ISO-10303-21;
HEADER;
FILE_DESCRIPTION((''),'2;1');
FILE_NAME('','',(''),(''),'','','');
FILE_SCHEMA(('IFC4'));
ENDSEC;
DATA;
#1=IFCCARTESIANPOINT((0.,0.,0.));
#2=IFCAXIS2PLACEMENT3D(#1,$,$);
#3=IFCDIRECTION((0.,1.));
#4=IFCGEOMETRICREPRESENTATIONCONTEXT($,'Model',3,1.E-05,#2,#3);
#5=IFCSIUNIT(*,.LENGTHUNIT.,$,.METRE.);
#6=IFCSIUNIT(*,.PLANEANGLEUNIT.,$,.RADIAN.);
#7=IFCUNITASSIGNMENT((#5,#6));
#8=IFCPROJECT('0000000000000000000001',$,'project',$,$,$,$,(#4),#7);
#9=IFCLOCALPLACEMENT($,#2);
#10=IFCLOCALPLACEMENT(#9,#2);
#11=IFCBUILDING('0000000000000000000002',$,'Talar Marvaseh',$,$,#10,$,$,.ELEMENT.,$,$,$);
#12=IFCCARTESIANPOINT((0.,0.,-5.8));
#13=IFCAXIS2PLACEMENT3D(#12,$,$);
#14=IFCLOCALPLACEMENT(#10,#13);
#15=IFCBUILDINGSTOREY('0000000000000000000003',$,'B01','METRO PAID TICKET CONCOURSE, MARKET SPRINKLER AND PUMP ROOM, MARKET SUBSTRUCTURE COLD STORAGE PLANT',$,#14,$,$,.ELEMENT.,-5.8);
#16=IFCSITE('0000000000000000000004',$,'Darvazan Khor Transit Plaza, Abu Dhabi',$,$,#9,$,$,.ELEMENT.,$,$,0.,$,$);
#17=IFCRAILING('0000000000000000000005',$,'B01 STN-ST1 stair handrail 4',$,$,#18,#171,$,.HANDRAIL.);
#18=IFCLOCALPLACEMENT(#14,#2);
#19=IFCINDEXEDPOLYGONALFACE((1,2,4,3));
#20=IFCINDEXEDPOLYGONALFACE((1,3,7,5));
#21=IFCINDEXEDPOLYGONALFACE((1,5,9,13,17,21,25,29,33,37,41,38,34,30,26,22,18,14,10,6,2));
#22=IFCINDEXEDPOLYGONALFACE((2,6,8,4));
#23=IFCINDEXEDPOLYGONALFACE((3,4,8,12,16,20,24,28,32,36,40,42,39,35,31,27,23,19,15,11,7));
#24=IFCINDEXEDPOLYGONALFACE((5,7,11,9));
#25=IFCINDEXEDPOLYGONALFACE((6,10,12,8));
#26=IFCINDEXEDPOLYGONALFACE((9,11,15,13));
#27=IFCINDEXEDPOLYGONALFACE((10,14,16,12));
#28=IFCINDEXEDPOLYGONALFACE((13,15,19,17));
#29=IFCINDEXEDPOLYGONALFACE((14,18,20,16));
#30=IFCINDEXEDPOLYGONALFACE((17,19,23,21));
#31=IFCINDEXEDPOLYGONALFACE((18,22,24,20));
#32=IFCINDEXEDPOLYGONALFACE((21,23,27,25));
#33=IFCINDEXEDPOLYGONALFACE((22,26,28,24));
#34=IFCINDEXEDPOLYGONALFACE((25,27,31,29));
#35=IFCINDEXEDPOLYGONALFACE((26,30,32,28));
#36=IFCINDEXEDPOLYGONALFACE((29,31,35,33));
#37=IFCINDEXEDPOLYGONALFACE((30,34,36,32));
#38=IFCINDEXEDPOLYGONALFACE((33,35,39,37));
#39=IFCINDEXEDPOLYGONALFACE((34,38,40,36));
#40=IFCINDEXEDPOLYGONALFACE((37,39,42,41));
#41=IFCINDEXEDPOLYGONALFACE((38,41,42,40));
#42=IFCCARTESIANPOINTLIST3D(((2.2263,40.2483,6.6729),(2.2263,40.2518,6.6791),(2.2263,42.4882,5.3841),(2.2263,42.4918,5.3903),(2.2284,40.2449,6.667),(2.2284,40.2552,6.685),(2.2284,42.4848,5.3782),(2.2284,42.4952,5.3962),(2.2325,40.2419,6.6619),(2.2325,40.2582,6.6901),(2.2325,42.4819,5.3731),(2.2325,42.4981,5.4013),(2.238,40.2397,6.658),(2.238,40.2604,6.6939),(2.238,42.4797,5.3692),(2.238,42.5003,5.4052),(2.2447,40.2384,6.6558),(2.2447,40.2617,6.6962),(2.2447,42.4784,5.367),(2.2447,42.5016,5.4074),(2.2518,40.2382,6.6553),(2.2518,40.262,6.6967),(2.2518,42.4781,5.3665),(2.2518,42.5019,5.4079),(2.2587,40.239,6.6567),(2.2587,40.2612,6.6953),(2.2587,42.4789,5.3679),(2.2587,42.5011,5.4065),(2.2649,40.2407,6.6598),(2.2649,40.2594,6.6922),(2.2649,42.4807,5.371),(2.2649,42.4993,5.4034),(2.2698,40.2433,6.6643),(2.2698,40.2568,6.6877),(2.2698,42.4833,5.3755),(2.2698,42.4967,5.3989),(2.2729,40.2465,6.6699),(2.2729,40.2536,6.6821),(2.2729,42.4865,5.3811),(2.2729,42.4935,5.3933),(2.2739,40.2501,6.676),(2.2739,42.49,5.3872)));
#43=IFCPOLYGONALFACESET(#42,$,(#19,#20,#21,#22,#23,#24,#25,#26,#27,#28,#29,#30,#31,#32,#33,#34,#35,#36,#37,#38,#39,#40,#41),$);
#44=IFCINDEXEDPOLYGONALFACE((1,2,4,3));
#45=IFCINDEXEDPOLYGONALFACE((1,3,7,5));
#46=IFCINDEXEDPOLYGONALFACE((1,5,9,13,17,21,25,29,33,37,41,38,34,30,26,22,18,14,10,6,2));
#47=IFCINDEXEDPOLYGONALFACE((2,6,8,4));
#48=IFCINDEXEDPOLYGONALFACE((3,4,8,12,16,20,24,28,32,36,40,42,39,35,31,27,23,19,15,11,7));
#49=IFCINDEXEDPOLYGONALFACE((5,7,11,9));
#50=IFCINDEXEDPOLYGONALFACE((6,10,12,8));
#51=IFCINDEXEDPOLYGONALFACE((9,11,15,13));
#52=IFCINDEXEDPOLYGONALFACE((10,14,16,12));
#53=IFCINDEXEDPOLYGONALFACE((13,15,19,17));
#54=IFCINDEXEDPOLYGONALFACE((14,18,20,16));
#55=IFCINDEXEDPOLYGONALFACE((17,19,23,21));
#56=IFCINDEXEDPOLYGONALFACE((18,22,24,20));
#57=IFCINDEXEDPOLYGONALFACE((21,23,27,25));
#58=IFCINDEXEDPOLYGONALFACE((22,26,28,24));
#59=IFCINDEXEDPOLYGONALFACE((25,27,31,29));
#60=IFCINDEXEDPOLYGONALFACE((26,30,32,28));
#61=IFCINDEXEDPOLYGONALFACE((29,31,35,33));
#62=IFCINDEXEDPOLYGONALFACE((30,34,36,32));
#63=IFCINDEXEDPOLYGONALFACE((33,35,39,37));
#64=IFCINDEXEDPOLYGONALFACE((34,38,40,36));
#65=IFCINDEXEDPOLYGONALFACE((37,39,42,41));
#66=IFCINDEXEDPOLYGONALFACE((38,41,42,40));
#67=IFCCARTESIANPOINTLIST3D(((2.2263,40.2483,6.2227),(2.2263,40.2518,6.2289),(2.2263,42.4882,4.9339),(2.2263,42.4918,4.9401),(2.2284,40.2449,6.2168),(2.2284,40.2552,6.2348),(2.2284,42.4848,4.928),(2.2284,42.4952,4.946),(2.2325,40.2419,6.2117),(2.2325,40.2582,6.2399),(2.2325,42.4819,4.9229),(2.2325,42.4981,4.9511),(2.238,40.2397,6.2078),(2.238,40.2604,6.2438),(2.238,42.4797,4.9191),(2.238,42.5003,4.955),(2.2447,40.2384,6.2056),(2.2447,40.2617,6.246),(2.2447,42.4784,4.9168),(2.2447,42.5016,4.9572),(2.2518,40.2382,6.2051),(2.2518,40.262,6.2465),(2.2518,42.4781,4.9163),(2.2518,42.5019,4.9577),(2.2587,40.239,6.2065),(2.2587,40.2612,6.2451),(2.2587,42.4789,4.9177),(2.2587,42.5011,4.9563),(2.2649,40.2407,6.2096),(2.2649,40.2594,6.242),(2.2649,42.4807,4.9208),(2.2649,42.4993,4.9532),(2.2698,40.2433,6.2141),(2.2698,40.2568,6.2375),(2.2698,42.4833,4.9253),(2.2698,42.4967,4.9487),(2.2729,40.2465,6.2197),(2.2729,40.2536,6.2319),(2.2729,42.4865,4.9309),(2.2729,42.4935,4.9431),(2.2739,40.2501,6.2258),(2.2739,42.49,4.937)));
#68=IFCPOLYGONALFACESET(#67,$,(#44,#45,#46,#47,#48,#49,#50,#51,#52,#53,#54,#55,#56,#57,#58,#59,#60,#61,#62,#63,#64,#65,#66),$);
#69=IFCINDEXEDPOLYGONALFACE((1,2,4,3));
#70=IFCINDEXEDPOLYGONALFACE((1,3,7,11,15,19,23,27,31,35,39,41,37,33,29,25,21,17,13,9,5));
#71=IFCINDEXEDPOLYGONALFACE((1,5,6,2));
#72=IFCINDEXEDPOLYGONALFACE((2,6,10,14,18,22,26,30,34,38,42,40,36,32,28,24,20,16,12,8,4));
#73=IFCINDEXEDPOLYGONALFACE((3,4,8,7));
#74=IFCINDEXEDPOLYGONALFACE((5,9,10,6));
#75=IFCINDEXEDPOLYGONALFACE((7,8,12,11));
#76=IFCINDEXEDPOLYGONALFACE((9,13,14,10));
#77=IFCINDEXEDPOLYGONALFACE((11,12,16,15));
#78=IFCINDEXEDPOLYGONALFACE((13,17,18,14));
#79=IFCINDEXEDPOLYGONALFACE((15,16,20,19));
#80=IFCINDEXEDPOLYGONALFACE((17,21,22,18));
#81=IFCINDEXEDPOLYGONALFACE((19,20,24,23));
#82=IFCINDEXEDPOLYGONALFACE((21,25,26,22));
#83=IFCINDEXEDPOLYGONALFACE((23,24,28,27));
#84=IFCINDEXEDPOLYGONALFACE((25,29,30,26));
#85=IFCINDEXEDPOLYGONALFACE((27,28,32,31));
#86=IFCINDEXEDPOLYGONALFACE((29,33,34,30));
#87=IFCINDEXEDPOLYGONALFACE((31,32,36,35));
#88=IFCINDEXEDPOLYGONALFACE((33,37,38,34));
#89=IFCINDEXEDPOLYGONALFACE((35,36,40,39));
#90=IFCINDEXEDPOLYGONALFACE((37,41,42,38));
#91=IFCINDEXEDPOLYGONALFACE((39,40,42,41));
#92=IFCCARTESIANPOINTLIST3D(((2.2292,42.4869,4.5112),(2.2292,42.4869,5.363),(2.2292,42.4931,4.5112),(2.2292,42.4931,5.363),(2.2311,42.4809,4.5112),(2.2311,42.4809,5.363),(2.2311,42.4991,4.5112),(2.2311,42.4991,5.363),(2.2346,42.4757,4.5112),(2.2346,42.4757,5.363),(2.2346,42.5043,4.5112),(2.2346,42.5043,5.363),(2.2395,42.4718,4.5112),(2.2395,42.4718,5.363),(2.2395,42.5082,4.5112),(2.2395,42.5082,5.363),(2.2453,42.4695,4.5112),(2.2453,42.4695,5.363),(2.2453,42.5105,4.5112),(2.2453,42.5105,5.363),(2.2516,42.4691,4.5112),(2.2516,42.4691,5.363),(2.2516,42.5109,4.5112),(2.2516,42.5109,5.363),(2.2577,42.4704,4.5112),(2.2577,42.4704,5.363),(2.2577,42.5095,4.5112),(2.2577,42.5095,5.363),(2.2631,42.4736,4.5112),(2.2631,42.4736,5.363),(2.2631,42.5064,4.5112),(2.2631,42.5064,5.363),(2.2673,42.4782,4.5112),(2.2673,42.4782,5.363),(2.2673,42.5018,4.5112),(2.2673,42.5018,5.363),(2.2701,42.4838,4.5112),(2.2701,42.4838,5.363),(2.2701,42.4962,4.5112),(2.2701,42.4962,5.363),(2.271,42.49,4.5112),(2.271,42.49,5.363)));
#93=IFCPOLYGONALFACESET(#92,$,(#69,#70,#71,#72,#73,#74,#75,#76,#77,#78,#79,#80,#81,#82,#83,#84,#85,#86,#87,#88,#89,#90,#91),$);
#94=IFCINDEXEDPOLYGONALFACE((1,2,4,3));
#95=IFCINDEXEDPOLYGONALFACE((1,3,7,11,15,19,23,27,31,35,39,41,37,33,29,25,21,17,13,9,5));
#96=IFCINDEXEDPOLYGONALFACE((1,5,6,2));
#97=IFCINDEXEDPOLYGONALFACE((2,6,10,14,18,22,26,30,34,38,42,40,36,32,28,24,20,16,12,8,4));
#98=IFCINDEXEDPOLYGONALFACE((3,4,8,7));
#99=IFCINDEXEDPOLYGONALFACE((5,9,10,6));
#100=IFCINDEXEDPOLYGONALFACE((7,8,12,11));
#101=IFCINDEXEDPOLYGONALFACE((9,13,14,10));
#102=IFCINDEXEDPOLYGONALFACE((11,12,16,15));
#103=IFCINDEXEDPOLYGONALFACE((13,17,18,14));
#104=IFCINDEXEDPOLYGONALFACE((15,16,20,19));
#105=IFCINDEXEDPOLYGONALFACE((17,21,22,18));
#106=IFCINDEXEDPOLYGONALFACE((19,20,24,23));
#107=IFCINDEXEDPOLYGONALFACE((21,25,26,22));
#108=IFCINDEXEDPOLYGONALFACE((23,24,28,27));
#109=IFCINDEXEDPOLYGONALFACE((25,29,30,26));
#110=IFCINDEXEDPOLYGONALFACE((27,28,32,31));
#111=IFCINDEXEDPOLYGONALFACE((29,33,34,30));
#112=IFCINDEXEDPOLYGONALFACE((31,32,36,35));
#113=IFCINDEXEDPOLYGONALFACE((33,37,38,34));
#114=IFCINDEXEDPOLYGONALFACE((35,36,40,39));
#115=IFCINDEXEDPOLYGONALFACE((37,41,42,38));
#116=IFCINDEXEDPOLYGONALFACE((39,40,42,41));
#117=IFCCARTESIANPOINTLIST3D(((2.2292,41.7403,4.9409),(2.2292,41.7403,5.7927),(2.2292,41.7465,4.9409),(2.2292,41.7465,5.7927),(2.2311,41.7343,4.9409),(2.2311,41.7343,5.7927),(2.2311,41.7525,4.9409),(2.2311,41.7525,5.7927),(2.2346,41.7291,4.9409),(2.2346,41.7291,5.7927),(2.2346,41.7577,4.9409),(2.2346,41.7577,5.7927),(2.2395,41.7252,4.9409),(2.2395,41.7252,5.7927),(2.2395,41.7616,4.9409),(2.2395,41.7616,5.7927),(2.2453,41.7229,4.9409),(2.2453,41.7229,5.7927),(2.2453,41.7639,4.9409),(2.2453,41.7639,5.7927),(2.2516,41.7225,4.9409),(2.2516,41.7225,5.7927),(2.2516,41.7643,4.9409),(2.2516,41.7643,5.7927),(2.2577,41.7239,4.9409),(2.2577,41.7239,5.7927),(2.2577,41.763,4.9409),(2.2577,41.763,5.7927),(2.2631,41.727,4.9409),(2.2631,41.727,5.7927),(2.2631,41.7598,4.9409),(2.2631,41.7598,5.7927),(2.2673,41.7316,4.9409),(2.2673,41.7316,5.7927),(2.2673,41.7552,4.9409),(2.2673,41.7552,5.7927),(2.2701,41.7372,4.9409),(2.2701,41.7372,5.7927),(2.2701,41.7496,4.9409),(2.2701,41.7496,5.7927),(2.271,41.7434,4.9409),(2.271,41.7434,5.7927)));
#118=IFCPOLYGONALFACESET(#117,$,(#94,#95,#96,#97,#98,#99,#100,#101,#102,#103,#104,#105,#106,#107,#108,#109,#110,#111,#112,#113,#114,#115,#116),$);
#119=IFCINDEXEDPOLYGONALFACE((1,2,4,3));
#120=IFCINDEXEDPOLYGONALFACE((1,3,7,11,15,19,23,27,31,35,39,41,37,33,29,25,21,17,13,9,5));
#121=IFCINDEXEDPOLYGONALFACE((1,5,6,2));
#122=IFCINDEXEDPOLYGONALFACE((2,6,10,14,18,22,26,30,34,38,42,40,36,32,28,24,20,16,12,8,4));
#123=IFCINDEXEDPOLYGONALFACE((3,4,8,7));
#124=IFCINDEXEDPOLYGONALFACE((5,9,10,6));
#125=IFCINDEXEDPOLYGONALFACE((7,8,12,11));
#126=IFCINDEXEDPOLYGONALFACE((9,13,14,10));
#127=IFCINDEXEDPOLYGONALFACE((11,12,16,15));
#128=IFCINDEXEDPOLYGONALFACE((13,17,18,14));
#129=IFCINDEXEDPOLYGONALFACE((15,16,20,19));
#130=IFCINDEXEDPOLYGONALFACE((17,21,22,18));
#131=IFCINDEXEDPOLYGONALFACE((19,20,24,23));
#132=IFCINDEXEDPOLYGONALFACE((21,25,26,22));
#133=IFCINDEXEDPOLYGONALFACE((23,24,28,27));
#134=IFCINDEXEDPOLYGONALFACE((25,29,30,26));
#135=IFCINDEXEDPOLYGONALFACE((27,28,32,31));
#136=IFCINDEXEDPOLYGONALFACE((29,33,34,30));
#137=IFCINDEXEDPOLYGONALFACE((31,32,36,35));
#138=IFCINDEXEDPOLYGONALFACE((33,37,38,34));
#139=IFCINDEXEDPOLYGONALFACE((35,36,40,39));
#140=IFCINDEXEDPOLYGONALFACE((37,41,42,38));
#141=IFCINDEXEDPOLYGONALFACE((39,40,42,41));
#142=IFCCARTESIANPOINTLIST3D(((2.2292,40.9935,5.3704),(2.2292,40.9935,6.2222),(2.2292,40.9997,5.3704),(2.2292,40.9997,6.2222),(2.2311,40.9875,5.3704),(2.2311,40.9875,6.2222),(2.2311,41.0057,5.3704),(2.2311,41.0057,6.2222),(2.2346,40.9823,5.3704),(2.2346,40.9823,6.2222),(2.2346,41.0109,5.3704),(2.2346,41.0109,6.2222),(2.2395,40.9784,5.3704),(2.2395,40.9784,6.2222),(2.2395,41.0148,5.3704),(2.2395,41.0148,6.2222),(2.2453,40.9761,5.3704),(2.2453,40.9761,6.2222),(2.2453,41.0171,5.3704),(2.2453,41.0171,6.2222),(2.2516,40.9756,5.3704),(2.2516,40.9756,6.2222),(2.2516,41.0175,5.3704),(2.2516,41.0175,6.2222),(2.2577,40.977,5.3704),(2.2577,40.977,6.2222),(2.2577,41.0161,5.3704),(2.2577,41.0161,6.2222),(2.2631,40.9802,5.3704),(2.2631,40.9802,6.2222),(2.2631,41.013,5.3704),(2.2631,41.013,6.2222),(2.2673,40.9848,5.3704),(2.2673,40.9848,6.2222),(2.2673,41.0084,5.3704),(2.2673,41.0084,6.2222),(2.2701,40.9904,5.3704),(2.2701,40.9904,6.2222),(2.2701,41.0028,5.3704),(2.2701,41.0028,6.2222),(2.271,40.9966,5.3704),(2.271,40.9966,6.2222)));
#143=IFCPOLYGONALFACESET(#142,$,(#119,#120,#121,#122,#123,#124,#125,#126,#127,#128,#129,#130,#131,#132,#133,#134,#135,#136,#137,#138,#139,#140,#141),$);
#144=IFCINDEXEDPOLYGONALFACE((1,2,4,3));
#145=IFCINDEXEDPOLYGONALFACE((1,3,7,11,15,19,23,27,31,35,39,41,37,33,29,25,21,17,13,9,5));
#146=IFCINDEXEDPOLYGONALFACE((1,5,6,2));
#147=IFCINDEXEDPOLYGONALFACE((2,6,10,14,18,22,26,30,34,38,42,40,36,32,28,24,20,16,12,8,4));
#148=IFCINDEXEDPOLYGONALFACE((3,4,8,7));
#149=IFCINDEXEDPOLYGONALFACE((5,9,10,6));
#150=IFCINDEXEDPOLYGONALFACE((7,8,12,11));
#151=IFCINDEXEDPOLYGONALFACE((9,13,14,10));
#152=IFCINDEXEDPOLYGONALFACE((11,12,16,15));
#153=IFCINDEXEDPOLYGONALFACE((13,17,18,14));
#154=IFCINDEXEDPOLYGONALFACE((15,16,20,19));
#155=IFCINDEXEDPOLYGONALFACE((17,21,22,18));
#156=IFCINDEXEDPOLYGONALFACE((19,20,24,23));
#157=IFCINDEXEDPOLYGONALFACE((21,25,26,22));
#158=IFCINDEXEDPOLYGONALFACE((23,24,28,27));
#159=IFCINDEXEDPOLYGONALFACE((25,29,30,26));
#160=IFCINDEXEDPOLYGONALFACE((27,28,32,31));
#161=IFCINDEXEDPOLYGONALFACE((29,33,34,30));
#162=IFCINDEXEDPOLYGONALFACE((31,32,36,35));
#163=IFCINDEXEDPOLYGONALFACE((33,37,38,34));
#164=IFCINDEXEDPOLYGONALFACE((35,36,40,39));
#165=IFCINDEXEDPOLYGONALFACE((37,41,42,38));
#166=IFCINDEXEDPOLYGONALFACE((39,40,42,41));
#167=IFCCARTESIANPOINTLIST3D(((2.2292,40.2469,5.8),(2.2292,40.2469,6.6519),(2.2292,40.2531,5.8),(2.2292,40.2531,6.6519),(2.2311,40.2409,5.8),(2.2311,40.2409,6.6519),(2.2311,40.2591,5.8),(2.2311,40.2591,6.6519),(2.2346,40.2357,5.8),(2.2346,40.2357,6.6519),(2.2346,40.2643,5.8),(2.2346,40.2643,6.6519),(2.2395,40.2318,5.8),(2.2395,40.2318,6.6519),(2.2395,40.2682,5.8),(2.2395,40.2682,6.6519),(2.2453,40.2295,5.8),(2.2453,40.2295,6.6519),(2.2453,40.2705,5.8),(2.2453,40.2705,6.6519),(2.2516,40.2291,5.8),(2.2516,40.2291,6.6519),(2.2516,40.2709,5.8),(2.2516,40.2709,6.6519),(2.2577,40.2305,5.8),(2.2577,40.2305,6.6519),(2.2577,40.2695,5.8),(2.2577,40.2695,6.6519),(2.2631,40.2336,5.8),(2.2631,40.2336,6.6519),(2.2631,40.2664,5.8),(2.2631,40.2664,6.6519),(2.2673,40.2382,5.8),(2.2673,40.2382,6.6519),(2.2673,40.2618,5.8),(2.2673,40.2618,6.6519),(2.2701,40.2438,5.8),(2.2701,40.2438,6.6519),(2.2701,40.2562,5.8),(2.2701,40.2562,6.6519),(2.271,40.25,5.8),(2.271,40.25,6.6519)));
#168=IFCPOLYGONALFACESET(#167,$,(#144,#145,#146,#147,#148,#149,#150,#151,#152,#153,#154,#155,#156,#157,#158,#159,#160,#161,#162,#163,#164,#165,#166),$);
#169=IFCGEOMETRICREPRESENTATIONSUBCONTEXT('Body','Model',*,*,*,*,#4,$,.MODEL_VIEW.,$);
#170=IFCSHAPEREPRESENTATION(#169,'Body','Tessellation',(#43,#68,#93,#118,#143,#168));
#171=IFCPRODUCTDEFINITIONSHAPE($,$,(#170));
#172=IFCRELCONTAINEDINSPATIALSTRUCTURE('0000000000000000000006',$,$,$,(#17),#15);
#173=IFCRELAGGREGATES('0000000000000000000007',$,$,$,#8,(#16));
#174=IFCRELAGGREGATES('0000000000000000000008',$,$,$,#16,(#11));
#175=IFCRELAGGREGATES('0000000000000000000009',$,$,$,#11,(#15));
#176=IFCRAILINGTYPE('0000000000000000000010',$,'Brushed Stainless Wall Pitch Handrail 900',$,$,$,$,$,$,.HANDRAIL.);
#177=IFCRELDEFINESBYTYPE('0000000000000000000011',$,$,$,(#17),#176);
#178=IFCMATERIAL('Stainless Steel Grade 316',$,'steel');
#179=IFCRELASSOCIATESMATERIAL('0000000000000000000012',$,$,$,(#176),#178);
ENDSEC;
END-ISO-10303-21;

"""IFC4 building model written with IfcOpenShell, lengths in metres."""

from ifc_helpers import new_model, si_unit, direction, frame, origin, origin_2d, place, context, subcontext, project, spatial, circle, extrude, material, type_object, element, save


model = new_model("IFC4")

# Units and contexts
model_context = context("Model", 3, precision=1e-05, world=origin(), true_north=direction((0.0, 1.0)))
body_context = subcontext(model_context, "Body", "Model", "MODEL_VIEW")
ifc_project = project(units=[si_unit("LENGTHUNIT", "METRE"), si_unit("PLANEANGLEUNIT", "RADIAN")], contexts=[model_context])

# Site, building, storey
site_placement = place(None, origin())
site = spatial("IfcSite", under=ifc_project, at=site_placement, Name="Darvazan Khor Transit Plaza, Abu Dhabi", CompositionType="ELEMENT", RefElevation=0.0)
building_placement = place(site_placement, origin())
building = spatial("IfcBuilding", under=site, at=building_placement, Name="Talar Marvaseh", CompositionType="ELEMENT")
storey_placement = place(building_placement, frame((0.0, 0.0, -5.8)))
storey = spatial("IfcBuildingStorey", under=building, at=storey_placement, Name="B01", Description="METRO PAID TICKET CONCOURSE, MARKET SPRINKLER AND PUMP ROOM, MARKET SUBSTRUCTURE COLD STORAGE PLANT", CompositionType="ELEMENT", Elevation=-5.8)

# Railing
ifc_material_1 = material(Name="Stainless Steel Grade 316", Category="steel")
railing_type_1 = type_object("IfcRailingType", Name="Brushed Stainless Wall Pitch Handrail 900", PredefinedType="HANDRAIL", material=ifc_material_1)
railing_1_placement = place(storey_placement, frame((2.25, 42.49, 4.5112)))
element("IfcRailing", 1, at=railing_1_placement, inside=storey, type_object=railing_type_1, Name="B01 STN-ST1 stair handrail 4", PredefinedType="HANDRAIL", context=body_context, shape_type="SweptSolid", body=[
    extrude(circle(Radius=0.0239, at=origin_2d()), frame((0.0, 0.0, 0.876), z_axis=(0.0, -0.866768, 0.498711), x_axis=(1.0, 0.0, 0.0)), (0.0, 0.0, 1.0), 2.5842),
    extrude(circle(Radius=0.0239, at=origin_2d()), frame((0.0, 0.0, 0.4258), z_axis=(0.0, -0.866768, 0.498711), x_axis=(1.0, 0.0, 0.0)), (0.0, 0.0, 1.0), 2.5842),
    extrude(circle(Radius=0.021, at=origin_2d()), origin(), (0.0, 0.0, 1.0), 0.8518),
    extrude(circle(Radius=0.021, at=origin_2d()), frame((0.0, -0.7466, 0.4297)), (0.0, 0.0, 1.0), 0.8518),
    extrude(circle(Radius=0.021, at=origin_2d()), frame((0.0, -1.4934, 0.8591)), (0.0, 0.0, 1.0), 0.8518),
    extrude(circle(Radius=0.021, at=origin_2d()), frame((0.0, -2.24, 1.2888)), (0.0, 0.0, 1.0), 0.8518),
])

save(model, "model.ifc")
